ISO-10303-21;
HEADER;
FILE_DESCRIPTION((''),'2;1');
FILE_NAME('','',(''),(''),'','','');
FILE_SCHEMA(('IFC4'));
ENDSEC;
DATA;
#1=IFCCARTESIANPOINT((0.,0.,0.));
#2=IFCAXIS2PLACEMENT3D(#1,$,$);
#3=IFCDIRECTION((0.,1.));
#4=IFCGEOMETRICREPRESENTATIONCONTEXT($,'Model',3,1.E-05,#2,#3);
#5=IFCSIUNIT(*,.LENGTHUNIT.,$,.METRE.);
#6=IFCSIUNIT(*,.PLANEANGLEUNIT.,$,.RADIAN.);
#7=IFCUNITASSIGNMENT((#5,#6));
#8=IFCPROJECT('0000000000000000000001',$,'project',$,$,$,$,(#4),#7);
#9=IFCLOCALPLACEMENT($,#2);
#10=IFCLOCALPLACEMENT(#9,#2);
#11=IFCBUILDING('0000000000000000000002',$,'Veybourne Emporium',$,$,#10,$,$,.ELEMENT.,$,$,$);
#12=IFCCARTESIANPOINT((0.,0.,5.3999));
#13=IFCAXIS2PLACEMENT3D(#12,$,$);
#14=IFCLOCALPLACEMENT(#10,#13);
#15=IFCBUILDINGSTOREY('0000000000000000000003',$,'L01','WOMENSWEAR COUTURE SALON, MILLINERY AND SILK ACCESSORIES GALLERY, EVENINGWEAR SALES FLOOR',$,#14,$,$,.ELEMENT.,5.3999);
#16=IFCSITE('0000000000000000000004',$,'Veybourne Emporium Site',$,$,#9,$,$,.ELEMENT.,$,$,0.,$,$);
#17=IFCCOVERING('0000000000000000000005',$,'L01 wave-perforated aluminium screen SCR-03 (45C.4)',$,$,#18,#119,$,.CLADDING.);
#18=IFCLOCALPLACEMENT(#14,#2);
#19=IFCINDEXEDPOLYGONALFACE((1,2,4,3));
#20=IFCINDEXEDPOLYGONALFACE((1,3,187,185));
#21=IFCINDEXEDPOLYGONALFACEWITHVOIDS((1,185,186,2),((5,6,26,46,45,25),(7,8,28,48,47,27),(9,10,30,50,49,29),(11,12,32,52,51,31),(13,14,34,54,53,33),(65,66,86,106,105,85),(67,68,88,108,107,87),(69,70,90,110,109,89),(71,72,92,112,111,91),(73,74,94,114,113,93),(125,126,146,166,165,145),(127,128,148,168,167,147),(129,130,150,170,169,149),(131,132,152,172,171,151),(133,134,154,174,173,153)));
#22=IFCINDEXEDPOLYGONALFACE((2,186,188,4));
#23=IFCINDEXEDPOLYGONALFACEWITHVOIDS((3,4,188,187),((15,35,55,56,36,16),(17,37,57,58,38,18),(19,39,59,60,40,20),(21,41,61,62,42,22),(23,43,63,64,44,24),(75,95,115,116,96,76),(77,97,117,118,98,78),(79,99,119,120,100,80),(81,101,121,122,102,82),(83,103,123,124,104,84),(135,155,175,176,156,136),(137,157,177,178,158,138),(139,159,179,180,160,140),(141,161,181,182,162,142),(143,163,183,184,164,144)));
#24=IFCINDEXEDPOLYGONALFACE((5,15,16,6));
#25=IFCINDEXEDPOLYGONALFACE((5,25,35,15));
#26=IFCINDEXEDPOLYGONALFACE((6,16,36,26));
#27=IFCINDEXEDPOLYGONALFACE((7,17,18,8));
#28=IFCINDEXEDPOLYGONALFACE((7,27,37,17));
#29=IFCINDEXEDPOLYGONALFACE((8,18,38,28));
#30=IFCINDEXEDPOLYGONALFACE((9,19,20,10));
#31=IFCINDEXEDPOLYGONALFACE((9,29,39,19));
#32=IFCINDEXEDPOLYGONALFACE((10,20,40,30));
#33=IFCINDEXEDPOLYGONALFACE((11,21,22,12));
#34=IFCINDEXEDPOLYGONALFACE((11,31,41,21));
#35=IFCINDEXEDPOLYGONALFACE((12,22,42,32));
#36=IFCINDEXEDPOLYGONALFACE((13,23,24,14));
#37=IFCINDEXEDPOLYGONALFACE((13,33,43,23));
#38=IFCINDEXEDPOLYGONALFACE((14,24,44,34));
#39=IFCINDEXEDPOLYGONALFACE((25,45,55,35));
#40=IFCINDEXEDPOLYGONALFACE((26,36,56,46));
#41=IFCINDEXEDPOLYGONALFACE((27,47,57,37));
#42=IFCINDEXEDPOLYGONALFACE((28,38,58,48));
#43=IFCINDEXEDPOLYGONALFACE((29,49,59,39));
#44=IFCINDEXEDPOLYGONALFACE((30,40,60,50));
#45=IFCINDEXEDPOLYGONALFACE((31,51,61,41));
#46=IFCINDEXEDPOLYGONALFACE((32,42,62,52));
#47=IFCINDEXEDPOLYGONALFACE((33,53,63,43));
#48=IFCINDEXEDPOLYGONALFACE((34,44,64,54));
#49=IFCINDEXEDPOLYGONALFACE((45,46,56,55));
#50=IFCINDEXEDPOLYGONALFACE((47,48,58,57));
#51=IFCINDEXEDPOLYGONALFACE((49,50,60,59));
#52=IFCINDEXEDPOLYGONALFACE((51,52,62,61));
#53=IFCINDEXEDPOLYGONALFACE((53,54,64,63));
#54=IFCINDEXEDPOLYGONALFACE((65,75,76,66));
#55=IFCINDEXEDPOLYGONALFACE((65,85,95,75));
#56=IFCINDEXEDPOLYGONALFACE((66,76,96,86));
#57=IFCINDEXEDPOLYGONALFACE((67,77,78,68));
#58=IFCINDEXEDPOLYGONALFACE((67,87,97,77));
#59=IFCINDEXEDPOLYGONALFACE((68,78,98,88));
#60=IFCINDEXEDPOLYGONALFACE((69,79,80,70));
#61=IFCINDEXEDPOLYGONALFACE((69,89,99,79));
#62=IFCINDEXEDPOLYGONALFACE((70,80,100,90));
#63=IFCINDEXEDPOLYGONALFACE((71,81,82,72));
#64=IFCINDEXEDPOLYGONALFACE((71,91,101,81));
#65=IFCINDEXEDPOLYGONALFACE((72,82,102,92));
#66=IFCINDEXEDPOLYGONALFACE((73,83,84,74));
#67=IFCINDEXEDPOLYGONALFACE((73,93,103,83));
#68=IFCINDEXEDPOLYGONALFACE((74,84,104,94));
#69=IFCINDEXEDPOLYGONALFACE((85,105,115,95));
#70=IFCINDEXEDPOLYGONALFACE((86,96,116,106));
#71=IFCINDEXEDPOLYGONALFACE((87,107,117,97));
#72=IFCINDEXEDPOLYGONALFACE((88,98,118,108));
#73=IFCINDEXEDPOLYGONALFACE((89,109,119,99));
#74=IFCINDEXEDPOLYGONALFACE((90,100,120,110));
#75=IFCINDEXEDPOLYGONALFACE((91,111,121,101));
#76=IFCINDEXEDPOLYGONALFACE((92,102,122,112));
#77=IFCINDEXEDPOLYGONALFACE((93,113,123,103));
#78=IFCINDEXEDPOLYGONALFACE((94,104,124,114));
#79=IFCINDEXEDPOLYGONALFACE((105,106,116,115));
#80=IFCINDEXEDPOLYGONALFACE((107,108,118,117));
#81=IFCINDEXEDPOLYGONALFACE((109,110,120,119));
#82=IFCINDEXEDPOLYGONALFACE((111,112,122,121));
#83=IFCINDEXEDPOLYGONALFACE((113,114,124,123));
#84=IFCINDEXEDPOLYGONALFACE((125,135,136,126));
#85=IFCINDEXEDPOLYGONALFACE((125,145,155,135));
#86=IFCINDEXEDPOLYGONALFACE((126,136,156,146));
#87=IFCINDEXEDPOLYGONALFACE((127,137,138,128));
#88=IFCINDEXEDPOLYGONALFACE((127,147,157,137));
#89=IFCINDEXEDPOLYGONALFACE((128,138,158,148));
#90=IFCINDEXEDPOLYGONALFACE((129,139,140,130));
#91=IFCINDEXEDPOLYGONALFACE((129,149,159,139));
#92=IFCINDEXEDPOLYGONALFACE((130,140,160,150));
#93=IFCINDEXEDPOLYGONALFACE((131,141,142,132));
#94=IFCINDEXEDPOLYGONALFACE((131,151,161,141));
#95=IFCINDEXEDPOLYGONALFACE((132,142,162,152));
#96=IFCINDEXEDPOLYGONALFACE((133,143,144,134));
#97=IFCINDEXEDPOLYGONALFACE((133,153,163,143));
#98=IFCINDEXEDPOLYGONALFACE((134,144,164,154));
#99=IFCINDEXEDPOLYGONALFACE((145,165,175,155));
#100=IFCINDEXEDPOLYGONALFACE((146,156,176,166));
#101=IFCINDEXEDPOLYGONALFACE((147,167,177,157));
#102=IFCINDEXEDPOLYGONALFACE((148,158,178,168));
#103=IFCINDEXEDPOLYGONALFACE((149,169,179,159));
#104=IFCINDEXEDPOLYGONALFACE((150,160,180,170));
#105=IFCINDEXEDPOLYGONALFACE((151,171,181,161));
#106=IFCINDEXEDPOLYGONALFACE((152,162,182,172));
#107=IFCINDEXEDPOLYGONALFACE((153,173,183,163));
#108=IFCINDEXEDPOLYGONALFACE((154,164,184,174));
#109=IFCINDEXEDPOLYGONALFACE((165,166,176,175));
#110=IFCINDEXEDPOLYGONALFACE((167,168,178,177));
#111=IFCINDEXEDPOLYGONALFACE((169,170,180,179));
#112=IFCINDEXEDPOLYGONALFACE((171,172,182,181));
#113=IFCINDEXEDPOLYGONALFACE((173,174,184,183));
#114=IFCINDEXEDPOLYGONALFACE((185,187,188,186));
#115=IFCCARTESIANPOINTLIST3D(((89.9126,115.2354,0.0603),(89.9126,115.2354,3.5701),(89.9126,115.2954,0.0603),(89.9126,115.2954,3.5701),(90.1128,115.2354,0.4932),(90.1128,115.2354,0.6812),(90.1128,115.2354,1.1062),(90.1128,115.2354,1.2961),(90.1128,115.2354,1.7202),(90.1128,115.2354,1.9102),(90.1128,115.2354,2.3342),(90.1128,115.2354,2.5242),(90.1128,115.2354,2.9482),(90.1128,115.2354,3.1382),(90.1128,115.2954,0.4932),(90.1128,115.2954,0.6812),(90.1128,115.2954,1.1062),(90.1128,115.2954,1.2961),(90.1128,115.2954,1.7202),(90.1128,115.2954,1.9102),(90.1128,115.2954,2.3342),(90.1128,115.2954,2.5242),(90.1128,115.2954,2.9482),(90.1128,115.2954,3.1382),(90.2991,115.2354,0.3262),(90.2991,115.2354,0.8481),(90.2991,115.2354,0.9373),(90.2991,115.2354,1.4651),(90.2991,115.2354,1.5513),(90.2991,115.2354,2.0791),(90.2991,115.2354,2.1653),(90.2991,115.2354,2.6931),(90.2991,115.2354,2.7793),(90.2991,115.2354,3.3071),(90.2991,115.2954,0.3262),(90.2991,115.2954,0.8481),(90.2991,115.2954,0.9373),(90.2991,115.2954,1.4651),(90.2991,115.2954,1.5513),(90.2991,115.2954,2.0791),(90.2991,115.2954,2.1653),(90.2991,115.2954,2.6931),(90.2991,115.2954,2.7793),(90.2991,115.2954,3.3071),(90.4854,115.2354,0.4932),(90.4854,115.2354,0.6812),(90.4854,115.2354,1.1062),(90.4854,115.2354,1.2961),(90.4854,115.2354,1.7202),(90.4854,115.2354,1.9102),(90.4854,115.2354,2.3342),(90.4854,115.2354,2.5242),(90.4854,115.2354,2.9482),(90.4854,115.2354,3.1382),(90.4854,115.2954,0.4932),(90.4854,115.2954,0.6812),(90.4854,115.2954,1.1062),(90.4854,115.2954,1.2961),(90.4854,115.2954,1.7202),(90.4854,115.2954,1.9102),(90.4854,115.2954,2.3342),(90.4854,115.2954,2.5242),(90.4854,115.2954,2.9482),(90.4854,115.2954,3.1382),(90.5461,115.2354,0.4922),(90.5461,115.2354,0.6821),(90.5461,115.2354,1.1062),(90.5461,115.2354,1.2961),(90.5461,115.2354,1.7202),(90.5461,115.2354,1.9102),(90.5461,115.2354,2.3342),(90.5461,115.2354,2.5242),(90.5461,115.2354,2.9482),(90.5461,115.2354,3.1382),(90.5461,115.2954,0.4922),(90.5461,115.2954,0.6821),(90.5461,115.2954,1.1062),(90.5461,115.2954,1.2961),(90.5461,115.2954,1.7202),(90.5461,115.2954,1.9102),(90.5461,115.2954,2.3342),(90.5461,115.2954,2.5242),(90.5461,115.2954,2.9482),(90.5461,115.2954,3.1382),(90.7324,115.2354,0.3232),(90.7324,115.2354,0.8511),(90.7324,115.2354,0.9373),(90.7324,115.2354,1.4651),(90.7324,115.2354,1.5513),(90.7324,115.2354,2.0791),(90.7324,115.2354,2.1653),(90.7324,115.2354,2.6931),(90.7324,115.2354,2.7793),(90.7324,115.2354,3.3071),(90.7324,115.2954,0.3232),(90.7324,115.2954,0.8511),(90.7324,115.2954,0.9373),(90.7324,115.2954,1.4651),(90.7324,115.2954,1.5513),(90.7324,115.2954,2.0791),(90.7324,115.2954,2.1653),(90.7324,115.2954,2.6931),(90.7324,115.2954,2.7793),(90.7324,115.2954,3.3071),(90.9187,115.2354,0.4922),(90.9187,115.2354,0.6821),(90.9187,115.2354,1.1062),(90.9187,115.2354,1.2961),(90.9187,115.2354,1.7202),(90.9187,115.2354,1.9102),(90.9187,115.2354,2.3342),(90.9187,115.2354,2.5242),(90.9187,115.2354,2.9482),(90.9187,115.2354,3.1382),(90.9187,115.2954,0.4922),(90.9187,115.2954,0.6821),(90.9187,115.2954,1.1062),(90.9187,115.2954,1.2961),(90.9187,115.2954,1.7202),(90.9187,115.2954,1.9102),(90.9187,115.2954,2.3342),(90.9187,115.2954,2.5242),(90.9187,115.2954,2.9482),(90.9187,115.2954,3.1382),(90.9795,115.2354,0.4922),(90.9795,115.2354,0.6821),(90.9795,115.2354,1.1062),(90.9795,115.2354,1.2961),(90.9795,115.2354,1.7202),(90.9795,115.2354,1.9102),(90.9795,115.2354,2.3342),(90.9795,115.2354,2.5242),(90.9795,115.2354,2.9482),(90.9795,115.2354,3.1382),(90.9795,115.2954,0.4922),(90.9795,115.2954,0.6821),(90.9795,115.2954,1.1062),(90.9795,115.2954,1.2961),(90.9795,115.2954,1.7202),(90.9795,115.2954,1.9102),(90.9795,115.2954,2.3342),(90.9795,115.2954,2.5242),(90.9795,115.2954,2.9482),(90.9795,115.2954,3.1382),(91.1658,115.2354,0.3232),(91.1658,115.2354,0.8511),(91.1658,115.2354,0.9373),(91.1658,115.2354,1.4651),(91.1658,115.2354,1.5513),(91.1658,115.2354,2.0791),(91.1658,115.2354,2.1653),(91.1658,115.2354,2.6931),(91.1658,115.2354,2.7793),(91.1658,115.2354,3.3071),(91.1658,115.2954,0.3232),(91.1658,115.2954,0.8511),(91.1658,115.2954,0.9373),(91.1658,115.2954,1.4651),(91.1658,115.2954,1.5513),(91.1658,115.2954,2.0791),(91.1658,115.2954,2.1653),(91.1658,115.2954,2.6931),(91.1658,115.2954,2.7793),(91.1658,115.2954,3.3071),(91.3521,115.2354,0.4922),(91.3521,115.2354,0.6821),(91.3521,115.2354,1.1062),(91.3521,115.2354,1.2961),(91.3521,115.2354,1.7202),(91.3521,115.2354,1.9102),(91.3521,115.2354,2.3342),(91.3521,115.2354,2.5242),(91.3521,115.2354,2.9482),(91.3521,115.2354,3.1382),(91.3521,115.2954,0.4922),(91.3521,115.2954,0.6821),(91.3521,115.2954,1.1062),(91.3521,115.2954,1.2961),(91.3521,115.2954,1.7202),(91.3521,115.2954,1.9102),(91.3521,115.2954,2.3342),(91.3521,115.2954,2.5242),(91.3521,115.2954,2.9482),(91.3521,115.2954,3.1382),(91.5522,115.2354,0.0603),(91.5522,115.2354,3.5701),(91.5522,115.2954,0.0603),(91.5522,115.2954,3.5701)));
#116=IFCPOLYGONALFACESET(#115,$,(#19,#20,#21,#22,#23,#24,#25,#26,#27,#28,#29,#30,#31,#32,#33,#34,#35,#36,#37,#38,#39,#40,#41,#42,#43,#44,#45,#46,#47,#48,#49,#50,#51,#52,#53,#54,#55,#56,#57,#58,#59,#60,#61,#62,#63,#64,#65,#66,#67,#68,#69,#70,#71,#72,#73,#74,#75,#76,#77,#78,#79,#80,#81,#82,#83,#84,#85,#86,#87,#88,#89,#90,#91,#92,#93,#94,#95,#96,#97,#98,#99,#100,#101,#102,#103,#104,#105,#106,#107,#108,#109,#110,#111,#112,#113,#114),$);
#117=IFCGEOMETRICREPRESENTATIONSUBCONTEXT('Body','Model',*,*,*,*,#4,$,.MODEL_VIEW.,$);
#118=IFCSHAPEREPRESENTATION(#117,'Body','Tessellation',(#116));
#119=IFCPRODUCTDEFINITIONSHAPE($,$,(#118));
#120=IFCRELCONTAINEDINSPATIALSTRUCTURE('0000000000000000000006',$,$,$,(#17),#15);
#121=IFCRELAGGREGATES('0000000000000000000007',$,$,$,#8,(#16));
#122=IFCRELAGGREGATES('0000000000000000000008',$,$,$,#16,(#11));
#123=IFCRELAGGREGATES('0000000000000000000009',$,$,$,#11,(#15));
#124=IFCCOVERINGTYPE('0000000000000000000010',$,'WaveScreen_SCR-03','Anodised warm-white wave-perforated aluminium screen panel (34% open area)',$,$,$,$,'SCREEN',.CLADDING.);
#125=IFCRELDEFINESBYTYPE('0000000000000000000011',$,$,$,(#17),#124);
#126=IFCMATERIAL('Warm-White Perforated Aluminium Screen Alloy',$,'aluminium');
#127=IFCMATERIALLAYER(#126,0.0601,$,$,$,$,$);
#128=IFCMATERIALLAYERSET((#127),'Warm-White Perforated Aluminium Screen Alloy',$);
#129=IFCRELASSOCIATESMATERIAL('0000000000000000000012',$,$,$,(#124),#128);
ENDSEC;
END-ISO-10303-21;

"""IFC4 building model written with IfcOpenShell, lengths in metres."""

from ifc_helpers import new_model, si_unit, direction, frame, origin, place, context, subcontext, project, spatial, polyline, outline, extrude, material, layer, layer_set, type_object, element, save


model = new_model("IFC4")

# Units and contexts
model_context = context("Model", 3, precision=1e-05, world=origin(), true_north=direction((0.0, 1.0)))
body_context = subcontext(model_context, "Body", "Model", "MODEL_VIEW")
ifc_project = project(units=[si_unit("LENGTHUNIT", "METRE"), si_unit("PLANEANGLEUNIT", "RADIAN")], contexts=[model_context])

# Site, building, storey
site_placement = place(None, origin())
site = spatial("IfcSite", under=ifc_project, at=site_placement, Name="Veybourne Emporium Site", CompositionType="ELEMENT", RefElevation=0.0)
building_placement = place(site_placement, origin())
building = spatial("IfcBuilding", under=site, at=building_placement, Name="Veybourne Emporium", CompositionType="ELEMENT")
storey_placement = place(building_placement, frame((0.0, 0.0, 5.3999)))
storey = spatial("IfcBuildingStorey", under=building, at=storey_placement, Name="L01", Description="WOMENSWEAR COUTURE SALON, MILLINERY AND SILK ACCESSORIES GALLERY, EVENINGWEAR SALES FLOOR", CompositionType="ELEMENT", Elevation=5.3999)

# Covering
ifc_material_1 = material(Name="Warm-White Perforated Aluminium Screen Alloy", Category="aluminium")
ifc_layer_1 = layer(ifc_material_1, 0.0601)
ifc_layer_set_1 = layer_set([ifc_layer_1], Name="Warm-White Perforated Aluminium Screen Alloy")
covering_type_1 = type_object("IfcCoveringType", Name="WaveScreen_SCR-03", Description="Anodised warm-white wave-perforated aluminium screen panel (34% open area)", ElementType="SCREEN", PredefinedType="CLADDING", material=ifc_layer_set_1)
covering_1_placement = place(storey_placement, frame((90.7324, 115.2954, 1.8152), z_axis=(0.0, -1.0, 0.0), x_axis=(1.0, 0.0, 0.0)))
element("IfcCovering", 1, at=covering_1_placement, inside=storey, type_object=covering_type_1, Name="L01 wave-perforated aluminium screen SCR-03 (45C.4)", PredefinedType="CLADDING", context=body_context, shape_type="SweptSolid", body=[
    extrude(outline(polyline([(-0.8198, -1.7549), (0.8198, -1.7549), (0.8198, 1.7549), (-0.8198, 1.7549), (-0.8198, -1.7549)]), holes=[polyline([(-0.4333, -0.967), (-0.2471, -1.134), (-0.2471, -1.322), (-0.4333, -1.489), (-0.6196, -1.322), (-0.6196, -1.134), (-0.4333, -0.967)]), polyline([(-0.4333, -0.3501), (-0.2471, -0.519), (-0.2471, -0.709), (-0.4333, -0.8779), (-0.6196, -0.709), (-0.6196, -0.519), (-0.4333, -0.3501)]), polyline([(-0.4333, 0.2639), (-0.2471, 0.095), (-0.2471, -0.095), (-0.4333, -0.2639), (-0.6196, -0.095), (-0.6196, 0.095), (-0.4333, 0.2639)]), polyline([(-0.4333, 0.8779), (-0.2471, 0.709), (-0.2471, 0.519), (-0.4333, 0.3501), (-0.6196, 0.519), (-0.6196, 0.709), (-0.4333, 0.8779)]), polyline([(-0.4333, 1.4919), (-0.2471, 1.323), (-0.2471, 1.1331), (-0.4333, 0.9641), (-0.6196, 1.1331), (-0.6196, 1.323), (-0.4333, 1.4919)]), polyline([(0.0, -0.9641), (0.1863, -1.1331), (0.1863, -1.323), (0.0, -1.4919), (-0.1863, -1.323), (-0.1863, -1.1331), (0.0, -0.9641)]), polyline([(0.0, -0.3501), (0.1863, -0.519), (0.1863, -0.709), (0.0, -0.8779), (-0.1863, -0.709), (-0.1863, -0.519), (0.0, -0.3501)]), polyline([(0.0, 0.2639), (0.1863, 0.095), (0.1863, -0.095), (0.0, -0.2639), (-0.1863, -0.095), (-0.1863, 0.095), (0.0, 0.2639)]), polyline([(0.0, 0.8779), (0.1863, 0.709), (0.1863, 0.519), (0.0, 0.3501), (-0.1863, 0.519), (-0.1863, 0.709), (0.0, 0.8779)]), polyline([(0.0, 1.4919), (0.1863, 1.323), (0.1863, 1.1331), (0.0, 0.9641), (-0.1863, 1.1331), (-0.1863, 1.323), (0.0, 1.4919)]), polyline([(0.4333, -0.9641), (0.6196, -1.1331), (0.6196, -1.323), (0.4333, -1.4919), (0.2471, -1.323), (0.2471, -1.1331), (0.4333, -0.9641)]), polyline([(0.4333, -0.3501), (0.6196, -0.519), (0.6196, -0.709), (0.4333, -0.8779), (0.2471, -0.709), (0.2471, -0.519), (0.4333, -0.3501)]), polyline([(0.4333, 0.2639), (0.6196, 0.095), (0.6196, -0.095), (0.4333, -0.2639), (0.2471, -0.095), (0.2471, 0.095), (0.4333, 0.2639)]), polyline([(0.4333, 0.8779), (0.6196, 0.709), (0.6196, 0.519), (0.4333, 0.3501), (0.2471, 0.519), (0.2471, 0.709), (0.4333, 0.8779)]), polyline([(0.4333, 1.4919), (0.6196, 1.323), (0.6196, 1.1331), (0.4333, 0.9641), (0.2471, 1.1331), (0.2471, 1.323), (0.4333, 1.4919)])]), origin(), (0.0, 0.0, 1.0), 0.0601),
])

save(model, "model.ifc")
